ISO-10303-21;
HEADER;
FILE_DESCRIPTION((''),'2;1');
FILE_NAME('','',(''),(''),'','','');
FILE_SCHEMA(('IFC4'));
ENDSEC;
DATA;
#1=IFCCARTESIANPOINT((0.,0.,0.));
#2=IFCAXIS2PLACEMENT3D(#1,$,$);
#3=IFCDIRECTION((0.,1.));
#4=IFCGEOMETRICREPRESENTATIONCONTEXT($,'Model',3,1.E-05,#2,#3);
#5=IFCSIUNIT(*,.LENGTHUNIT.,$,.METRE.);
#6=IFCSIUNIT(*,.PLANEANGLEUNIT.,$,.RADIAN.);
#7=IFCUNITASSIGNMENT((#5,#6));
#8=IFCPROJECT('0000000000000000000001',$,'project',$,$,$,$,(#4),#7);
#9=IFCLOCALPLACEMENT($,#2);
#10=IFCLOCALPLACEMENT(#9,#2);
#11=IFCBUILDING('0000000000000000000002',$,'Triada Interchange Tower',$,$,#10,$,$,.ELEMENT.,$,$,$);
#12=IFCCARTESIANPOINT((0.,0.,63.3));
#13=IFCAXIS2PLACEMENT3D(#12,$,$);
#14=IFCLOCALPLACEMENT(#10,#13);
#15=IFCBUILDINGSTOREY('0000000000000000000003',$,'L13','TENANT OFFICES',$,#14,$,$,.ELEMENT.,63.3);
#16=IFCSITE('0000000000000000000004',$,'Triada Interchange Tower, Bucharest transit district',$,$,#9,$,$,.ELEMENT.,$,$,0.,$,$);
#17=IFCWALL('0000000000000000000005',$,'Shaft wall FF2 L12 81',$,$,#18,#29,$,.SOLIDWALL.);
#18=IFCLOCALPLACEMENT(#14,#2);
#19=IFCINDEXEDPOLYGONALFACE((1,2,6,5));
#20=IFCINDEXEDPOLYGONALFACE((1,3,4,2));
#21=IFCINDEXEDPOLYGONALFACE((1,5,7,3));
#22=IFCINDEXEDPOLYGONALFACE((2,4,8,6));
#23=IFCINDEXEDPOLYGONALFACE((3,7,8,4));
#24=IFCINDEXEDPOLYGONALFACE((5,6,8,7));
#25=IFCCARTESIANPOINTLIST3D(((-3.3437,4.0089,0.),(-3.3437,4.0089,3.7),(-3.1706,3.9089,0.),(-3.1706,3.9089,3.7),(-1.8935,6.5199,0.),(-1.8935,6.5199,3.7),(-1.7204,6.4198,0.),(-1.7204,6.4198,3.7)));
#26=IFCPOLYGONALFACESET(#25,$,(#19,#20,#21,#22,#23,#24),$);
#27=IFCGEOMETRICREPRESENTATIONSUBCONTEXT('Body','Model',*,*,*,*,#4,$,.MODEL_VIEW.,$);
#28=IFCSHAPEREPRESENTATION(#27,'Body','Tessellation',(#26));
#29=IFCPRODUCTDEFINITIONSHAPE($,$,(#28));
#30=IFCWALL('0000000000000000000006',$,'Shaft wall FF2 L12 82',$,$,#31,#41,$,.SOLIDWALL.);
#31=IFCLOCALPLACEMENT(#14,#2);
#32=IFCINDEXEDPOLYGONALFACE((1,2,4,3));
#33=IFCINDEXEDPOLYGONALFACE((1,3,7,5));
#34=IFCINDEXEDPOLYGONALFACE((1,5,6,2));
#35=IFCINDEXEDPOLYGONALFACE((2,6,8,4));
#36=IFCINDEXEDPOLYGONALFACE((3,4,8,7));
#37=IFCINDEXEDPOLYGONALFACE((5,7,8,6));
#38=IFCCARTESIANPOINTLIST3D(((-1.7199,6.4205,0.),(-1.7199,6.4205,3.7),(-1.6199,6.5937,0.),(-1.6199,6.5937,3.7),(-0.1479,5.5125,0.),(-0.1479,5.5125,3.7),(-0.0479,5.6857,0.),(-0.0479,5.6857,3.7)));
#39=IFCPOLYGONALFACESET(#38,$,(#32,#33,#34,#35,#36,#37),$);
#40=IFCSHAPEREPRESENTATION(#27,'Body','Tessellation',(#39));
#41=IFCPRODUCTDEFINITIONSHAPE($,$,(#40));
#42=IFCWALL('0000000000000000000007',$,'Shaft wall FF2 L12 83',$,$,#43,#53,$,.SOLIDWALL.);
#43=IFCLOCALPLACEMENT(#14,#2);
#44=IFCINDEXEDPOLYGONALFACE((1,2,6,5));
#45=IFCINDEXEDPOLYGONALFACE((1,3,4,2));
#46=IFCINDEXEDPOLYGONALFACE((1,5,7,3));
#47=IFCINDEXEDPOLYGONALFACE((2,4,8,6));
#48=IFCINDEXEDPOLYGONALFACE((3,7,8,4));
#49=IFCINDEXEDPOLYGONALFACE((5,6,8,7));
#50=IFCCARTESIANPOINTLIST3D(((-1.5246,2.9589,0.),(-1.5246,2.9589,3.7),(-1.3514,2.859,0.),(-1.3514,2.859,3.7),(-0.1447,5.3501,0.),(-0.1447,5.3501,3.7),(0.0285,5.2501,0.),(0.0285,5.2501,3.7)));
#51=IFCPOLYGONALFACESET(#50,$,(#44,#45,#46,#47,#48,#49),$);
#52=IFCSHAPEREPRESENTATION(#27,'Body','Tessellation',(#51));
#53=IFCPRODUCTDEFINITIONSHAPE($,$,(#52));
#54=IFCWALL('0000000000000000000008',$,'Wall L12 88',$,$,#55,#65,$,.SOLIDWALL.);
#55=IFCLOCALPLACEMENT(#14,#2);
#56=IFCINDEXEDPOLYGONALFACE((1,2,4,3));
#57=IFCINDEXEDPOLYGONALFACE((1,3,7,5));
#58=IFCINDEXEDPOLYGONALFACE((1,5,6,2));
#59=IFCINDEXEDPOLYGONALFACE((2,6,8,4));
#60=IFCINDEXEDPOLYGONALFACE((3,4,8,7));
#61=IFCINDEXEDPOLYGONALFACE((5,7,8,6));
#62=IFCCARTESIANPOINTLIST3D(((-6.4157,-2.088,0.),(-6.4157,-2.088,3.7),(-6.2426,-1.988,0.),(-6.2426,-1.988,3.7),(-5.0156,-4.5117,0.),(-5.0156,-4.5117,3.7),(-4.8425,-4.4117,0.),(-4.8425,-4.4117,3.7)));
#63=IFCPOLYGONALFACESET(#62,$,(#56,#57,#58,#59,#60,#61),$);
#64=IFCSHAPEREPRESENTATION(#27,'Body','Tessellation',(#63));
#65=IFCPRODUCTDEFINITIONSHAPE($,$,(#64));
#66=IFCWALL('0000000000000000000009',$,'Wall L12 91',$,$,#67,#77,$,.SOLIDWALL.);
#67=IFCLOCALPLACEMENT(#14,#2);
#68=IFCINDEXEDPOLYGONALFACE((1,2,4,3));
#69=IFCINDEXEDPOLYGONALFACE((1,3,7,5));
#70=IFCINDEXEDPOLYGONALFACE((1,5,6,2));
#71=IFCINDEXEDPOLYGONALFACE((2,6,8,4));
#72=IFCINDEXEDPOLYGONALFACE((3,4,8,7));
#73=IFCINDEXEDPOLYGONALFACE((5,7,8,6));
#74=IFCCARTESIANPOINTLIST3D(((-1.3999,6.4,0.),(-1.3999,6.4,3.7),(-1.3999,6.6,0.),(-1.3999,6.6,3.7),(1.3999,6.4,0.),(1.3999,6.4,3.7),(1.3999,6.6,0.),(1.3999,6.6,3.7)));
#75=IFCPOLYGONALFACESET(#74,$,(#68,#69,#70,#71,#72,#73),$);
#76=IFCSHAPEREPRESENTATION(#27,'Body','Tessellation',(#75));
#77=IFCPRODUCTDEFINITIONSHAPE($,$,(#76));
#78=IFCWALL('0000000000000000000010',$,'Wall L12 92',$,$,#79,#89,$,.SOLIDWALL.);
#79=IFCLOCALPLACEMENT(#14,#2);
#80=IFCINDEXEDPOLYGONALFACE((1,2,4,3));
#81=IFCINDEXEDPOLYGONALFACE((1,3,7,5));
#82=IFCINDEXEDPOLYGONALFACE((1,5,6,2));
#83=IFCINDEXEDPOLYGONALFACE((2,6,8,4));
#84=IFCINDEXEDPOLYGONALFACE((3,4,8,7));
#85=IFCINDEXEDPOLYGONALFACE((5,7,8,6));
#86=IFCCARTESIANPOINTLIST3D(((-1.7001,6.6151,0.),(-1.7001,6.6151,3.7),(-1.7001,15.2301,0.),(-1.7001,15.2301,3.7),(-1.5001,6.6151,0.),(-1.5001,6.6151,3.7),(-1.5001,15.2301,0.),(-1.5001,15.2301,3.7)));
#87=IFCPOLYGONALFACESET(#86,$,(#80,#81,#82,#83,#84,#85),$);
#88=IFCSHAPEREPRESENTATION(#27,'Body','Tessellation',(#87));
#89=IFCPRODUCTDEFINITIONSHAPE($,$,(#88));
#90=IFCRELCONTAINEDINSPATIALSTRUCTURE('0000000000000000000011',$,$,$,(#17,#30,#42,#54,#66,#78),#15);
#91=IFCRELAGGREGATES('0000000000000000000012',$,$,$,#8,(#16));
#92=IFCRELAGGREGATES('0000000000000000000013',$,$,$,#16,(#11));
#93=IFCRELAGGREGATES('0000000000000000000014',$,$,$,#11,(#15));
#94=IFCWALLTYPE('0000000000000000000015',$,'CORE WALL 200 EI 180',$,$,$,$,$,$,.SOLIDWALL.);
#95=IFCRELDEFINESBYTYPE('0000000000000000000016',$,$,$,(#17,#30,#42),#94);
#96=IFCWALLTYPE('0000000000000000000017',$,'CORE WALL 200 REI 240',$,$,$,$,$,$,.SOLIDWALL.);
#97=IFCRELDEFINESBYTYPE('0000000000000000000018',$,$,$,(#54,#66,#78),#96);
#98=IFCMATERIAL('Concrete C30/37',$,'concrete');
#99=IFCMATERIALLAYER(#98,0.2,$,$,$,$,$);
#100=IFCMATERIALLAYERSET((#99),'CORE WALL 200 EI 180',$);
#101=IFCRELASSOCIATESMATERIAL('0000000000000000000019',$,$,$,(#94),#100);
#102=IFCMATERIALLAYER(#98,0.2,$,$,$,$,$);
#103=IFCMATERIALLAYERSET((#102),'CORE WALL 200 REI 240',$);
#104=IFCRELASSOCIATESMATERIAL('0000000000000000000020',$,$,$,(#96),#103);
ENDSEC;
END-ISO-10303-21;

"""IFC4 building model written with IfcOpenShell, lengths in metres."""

from ifc_helpers import new_model, si_unit, direction, frame, frame_2d, origin, place, context, subcontext, project, spatial, rectangle, extrude, material, layer, layer_set, type_object, element, save


model = new_model("IFC4")

# Units and contexts
model_context = context("Model", 3, precision=1e-05, world=origin(), true_north=direction((0.0, 1.0)))
body_context = subcontext(model_context, "Body", "Model", "MODEL_VIEW")
ifc_project = project(units=[si_unit("LENGTHUNIT", "METRE"), si_unit("PLANEANGLEUNIT", "RADIAN")], contexts=[model_context])

# Site, building, storey
site_placement = place(None, origin())
site = spatial("IfcSite", under=ifc_project, at=site_placement, Name="Triada Interchange Tower, Bucharest transit district", CompositionType="ELEMENT", RefElevation=0.0)
building_placement = place(site_placement, origin())
building = spatial("IfcBuilding", under=site, at=building_placement, Name="Triada Interchange Tower", CompositionType="ELEMENT")
storey_placement = place(building_placement, frame((0.0, 0.0, 63.3)))
storey = spatial("IfcBuildingStorey", under=building, at=storey_placement, Name="L13", Description="TENANT OFFICES", CompositionType="ELEMENT", Elevation=63.3)

# Shared definitions
ifc_material_1 = material(Name="Concrete C30/37", Category="concrete")
ifc_layer_1 = layer(ifc_material_1, 0.2)
ifc_layer_set_1 = layer_set([ifc_layer_1], Name="CORE WALL 200 EI 180")
wall_type_1 = type_object("IfcWallType", Name="CORE WALL 200 EI 180", PredefinedType="SOLIDWALL", material=ifc_layer_set_1)

# Walls
wall_1_placement = place(storey_placement, frame((-3.2571, 3.959, 0.0), z_axis=(0.0, 0.0, 1.0), x_axis=(0.500123, 0.865954, 0.0)))
element("IfcWall", 1, at=wall_1_placement, inside=storey, type_object=wall_type_1, Name="Shaft wall FF2 L12 81", PredefinedType="SOLIDWALL", context=body_context, shape_type="SweptSolid", body=[
    extrude(rectangle(XDim=2.8997, YDim=0.2, at=frame_2d((1.4497, 0.0))), origin(), (0.0, 0.0, 1.0), 3.7),
])
wall_2_placement = place(storey_placement, frame((-1.6699, 6.5071, 0.0), z_axis=(0.0, 0.0, 1.0), x_axis=(0.865941, -0.500145, 0.0)))
element("IfcWall", 2, at=wall_2_placement, inside=storey, type_object=wall_type_1, Name="Shaft wall FF2 L12 82", PredefinedType="SOLIDWALL", context=body_context, shape_type="SweptSolid", body=[
    extrude(rectangle(XDim=1.8154, YDim=0.2, at=frame_2d((0.9077, 0.0))), origin(), (0.0, 0.0, 1.0), 3.7),
])
wall_3_placement = place(storey_placement, frame((-1.438, 2.9089, 0.0), z_axis=(0.0, 0.0, 1.0), x_axis=(0.49983, 0.866124, 0.0)))
element("IfcWall", 3, at=wall_3_placement, inside=storey, type_object=wall_type_1, Name="Shaft wall FF2 L12 83", PredefinedType="SOLIDWALL", context=body_context, shape_type="SweptSolid", body=[
    extrude(rectangle(XDim=2.7607, YDim=0.2, at=frame_2d((1.3804, 0.0))), origin(), (0.0, 0.0, 1.0), 3.7),
])
ifc_layer_2 = layer(ifc_material_1, 0.2)
ifc_layer_set_2 = layer_set([ifc_layer_2], Name="CORE WALL 200 REI 240")
wall_type_2 = type_object("IfcWallType", Name="CORE WALL 200 REI 240", PredefinedType="SOLIDWALL", material=ifc_layer_set_2)
wall_4_placement = place(storey_placement, frame((-6.3291, -2.0381, 0.0), z_axis=(0.0, 0.0, 1.0), x_axis=(0.500201, -0.86591, 0.0)))
element("IfcWall", 4, at=wall_4_placement, inside=storey, type_object=wall_type_2, Name="Wall L12 88", PredefinedType="SOLIDWALL", context=body_context, shape_type="SweptSolid", body=[
    extrude(rectangle(XDim=2.7991, YDim=0.2, at=frame_2d((1.3994, 0.0))), origin(), (0.0, 0.0, 1.0), 3.7),
])
wall_5_placement = place(storey_placement, frame((-1.3999, 6.5, 0.0), z_axis=(0.0, 0.0, 1.0), x_axis=(1.0, 0.0, 0.0)))
element("IfcWall", 5, at=wall_5_placement, inside=storey, type_object=wall_type_2, Name="Wall L12 91", PredefinedType="SOLIDWALL", context=body_context, shape_type="SweptSolid", body=[
    extrude(rectangle(XDim=2.7998, YDim=0.2, at=frame_2d((1.3999, 0.0))), origin(), (0.0, 0.0, 1.0), 3.7),
])
wall_6_placement = place(storey_placement, frame((-1.6001, 6.615, 0.0), z_axis=(0.0, 0.0, 1.0), x_axis=(0.0, 1.0, 0.0)))
element("IfcWall", 6, at=wall_6_placement, inside=storey, type_object=wall_type_2, Name="Wall L12 92", PredefinedType="SOLIDWALL", context=body_context, shape_type="SweptSolid", body=[
    extrude(rectangle(XDim=8.615, YDim=0.2, at=frame_2d((4.3076, 0.0))), origin(), (0.0, 0.0, 1.0), 3.7),
])

save(model, "model.ifc")
